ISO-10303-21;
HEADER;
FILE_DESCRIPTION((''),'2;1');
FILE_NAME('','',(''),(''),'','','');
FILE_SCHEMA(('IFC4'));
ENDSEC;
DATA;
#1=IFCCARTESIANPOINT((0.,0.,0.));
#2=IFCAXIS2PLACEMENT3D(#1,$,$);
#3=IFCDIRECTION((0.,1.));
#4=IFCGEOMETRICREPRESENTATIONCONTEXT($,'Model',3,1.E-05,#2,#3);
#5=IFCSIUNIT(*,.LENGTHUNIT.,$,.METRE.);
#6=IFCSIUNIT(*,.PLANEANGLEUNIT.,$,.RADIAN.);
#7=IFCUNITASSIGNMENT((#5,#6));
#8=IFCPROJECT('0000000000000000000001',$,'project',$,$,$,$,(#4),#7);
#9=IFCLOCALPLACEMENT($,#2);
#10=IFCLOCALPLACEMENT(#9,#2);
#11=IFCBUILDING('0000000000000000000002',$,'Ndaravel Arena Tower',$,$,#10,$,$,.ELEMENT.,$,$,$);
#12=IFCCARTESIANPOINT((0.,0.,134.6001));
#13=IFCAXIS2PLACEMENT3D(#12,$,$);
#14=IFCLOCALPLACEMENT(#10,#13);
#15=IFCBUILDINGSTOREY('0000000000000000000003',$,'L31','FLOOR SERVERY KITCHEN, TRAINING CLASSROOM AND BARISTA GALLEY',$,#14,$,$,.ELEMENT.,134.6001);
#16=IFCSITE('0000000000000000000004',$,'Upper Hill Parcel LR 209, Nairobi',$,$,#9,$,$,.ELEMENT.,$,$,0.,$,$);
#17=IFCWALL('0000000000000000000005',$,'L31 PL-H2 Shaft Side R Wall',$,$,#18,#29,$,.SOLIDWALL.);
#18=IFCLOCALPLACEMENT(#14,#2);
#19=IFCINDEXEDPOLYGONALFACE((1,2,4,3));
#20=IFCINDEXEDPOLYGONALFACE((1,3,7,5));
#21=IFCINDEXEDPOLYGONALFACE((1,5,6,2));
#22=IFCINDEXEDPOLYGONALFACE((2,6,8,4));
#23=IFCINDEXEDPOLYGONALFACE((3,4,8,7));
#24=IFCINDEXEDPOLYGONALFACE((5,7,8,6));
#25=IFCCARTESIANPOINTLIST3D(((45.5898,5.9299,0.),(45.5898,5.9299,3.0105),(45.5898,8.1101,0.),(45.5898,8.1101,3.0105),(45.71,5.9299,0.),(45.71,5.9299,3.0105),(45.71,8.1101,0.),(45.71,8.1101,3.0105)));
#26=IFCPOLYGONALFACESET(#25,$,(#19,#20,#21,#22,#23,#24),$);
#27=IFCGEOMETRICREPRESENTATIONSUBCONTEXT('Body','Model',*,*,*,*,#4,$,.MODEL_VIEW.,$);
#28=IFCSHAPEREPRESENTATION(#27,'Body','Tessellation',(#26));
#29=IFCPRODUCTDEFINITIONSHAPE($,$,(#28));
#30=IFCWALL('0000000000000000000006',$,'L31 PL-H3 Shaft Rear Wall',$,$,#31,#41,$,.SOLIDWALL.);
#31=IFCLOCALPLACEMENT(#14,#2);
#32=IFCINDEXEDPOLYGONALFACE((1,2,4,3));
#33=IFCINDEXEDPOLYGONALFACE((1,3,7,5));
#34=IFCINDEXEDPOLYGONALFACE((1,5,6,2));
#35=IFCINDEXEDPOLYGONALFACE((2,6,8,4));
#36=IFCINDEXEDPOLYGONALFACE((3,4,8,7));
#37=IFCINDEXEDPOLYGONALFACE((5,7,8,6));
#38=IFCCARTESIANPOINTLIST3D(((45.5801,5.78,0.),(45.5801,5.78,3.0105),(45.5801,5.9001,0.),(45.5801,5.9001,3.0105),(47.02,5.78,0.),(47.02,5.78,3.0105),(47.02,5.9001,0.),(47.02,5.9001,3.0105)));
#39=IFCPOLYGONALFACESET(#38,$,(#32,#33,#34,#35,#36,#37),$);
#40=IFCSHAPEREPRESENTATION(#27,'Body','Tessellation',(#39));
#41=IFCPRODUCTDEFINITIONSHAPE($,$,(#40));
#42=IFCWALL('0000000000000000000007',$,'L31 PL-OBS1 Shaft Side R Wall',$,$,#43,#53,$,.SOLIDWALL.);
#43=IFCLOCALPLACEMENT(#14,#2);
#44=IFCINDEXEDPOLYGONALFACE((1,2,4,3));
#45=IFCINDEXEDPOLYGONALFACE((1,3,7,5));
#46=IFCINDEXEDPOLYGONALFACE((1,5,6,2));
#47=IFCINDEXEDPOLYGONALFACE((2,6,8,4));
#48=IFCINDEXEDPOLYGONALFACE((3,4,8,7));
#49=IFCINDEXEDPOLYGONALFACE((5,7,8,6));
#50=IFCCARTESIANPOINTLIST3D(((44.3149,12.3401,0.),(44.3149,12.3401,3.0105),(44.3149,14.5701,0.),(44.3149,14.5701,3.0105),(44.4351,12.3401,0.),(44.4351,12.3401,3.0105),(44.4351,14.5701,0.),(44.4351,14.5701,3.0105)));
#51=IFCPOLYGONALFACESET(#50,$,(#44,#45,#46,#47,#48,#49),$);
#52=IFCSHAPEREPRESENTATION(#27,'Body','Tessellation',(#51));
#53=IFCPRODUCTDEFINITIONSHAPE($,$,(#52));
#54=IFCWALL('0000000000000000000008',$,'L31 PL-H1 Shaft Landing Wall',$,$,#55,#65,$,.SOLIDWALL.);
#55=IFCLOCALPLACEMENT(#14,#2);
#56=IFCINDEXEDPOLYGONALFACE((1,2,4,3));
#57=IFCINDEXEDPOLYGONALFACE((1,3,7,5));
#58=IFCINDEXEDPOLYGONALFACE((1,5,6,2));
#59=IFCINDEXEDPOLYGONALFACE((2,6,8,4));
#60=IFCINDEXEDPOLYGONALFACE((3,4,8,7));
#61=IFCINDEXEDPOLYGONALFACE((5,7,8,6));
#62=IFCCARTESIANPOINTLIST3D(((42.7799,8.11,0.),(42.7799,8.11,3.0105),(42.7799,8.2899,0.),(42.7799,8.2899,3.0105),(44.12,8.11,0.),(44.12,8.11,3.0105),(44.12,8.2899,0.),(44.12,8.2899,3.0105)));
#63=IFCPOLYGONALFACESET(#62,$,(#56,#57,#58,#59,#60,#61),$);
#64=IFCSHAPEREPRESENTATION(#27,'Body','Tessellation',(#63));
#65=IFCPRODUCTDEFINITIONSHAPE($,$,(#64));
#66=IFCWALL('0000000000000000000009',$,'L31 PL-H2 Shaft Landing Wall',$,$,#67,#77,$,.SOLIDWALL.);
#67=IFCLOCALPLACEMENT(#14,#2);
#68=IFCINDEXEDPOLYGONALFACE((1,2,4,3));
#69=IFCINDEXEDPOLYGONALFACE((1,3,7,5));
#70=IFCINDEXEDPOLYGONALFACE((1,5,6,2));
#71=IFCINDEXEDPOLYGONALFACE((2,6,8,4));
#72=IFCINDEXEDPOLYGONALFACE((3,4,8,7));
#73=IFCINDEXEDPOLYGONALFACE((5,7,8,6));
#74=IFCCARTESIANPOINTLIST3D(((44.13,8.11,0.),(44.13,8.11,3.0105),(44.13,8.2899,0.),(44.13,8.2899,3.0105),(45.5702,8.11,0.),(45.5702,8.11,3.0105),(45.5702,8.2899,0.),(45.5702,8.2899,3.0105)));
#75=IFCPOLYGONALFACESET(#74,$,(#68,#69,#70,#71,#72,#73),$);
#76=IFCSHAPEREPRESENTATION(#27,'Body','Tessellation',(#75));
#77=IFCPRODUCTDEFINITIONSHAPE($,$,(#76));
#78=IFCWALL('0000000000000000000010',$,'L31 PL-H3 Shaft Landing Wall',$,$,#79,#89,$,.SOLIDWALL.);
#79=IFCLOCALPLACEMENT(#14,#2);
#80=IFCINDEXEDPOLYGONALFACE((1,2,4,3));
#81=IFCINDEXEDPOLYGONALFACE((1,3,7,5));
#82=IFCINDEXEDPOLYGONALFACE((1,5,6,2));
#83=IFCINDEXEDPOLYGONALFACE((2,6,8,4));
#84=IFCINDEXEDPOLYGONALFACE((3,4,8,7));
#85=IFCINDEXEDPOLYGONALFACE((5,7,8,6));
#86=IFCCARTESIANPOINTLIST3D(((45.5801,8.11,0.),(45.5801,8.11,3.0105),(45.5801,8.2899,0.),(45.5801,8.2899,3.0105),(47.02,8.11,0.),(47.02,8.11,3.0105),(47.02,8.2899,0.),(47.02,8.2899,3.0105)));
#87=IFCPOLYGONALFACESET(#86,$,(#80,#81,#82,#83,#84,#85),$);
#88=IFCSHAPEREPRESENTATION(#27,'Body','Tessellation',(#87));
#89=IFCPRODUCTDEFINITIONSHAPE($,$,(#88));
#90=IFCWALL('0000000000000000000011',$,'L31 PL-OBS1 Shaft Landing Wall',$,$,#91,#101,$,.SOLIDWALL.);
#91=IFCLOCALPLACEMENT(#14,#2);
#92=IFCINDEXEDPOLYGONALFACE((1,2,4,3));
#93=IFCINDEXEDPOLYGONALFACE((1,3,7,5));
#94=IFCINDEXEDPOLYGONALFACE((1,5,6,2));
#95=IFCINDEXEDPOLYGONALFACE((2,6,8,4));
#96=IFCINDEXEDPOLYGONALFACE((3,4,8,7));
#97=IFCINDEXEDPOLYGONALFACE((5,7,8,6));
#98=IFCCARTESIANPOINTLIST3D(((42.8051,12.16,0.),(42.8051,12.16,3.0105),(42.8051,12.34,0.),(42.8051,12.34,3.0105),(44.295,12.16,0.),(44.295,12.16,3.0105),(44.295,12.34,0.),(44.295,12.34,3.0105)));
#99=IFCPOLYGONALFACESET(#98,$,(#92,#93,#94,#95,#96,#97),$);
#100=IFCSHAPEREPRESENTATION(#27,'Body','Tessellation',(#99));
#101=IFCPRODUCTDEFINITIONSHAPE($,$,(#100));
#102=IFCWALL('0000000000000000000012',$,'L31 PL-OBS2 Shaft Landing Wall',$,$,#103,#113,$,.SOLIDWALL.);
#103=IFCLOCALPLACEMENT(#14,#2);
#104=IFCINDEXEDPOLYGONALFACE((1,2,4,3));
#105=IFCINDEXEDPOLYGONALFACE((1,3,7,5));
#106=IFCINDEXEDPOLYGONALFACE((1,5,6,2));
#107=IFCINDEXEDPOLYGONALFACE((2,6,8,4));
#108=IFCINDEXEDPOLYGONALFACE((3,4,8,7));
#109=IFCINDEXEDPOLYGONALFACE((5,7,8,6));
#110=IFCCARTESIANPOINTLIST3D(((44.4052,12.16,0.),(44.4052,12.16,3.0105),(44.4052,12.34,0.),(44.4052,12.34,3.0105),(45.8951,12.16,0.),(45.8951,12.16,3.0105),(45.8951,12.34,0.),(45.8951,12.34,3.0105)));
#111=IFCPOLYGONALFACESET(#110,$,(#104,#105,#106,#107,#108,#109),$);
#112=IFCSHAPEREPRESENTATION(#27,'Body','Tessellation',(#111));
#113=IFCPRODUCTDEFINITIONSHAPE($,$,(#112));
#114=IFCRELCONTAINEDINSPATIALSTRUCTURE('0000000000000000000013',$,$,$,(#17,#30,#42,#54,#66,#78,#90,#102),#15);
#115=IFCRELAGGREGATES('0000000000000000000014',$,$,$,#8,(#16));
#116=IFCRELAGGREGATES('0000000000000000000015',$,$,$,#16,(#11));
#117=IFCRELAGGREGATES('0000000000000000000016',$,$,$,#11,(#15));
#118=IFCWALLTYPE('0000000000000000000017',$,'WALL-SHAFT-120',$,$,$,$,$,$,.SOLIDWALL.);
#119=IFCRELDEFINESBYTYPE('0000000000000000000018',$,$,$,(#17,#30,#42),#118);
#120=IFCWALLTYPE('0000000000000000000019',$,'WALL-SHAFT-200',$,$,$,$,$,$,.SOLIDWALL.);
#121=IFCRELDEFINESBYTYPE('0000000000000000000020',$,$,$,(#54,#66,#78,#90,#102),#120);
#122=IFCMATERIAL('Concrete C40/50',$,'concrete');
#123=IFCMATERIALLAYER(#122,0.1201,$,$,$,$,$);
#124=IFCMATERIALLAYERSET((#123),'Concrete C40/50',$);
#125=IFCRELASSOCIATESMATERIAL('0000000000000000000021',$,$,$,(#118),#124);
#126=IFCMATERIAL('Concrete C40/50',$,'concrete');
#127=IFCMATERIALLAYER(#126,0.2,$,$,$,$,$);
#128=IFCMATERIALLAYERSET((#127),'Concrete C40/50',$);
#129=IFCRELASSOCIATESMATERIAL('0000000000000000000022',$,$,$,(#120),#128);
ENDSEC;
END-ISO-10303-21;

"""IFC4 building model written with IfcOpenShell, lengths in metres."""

from ifc_helpers import new_model, si_unit, direction, frame, frame_2d, origin, place, context, subcontext, project, spatial, rectangle, extrude, material, layer, layer_set, type_object, element, save


model = new_model("IFC4")

# Units and contexts
model_context = context("Model", 3, precision=1e-05, world=origin(), true_north=direction((0.0, 1.0)))
body_context = subcontext(model_context, "Body", "Model", "MODEL_VIEW")
ifc_project = project(units=[si_unit("LENGTHUNIT", "METRE"), si_unit("PLANEANGLEUNIT", "RADIAN")], contexts=[model_context])

# Site, building, storey
site_placement = place(None, origin())
site = spatial("IfcSite", under=ifc_project, at=site_placement, Name="Upper Hill Parcel LR 209, Nairobi", CompositionType="ELEMENT", RefElevation=0.0)
building_placement = place(site_placement, origin())
building = spatial("IfcBuilding", under=site, at=building_placement, Name="Ndaravel Arena Tower", CompositionType="ELEMENT")
storey_placement = place(building_placement, frame((0.0, 0.0, 134.6001)))
storey = spatial("IfcBuildingStorey", under=building, at=storey_placement, Name="L31", Description="FLOOR SERVERY KITCHEN, TRAINING CLASSROOM AND BARISTA GALLEY", CompositionType="ELEMENT", Elevation=134.6001)

# Walls
ifc_material_1 = material(Name="Concrete C40/50", Category="concrete")
ifc_layer_1 = layer(ifc_material_1, 0.1201)
ifc_layer_set_1 = layer_set([ifc_layer_1], Name="Concrete C40/50")
wall_type_1 = type_object("IfcWallType", Name="WALL-SHAFT-120", PredefinedType="SOLIDWALL", material=ifc_layer_set_1)
wall_1_placement = place(storey_placement, frame((45.6499, 5.9299, 0.0), z_axis=(0.0, 0.0, 1.0), x_axis=(0.0, 1.0, 0.0)))
element("IfcWall", 1, at=wall_1_placement, inside=storey, type_object=wall_type_1, Name="L31 PL-H2 Shaft Side R Wall", PredefinedType="SOLIDWALL", context=body_context, shape_type="SweptSolid", body=[
    extrude(rectangle(XDim=2.1802, YDim=0.1201, at=frame_2d((1.0901, 0.0))), origin(), (0.0, 0.0, 1.0), 3.0105),
])
wall_2_placement = place(storey_placement, frame((45.5801, 5.8401, 0.0), z_axis=(0.0, 0.0, 1.0), x_axis=(1.0, 0.0, 0.0)))
element("IfcWall", 2, at=wall_2_placement, inside=storey, type_object=wall_type_1, Name="L31 PL-H3 Shaft Rear Wall", PredefinedType="SOLIDWALL", context=body_context, shape_type="SweptSolid", body=[
    extrude(rectangle(XDim=1.4399, YDim=0.1201, at=frame_2d((0.72, 0.0))), origin(), (0.0, 0.0, 1.0), 3.0105),
])
wall_3_placement = place(storey_placement, frame((44.375, 12.3401, 0.0), z_axis=(0.0, 0.0, 1.0), x_axis=(0.0, 1.0, 0.0)))
element("IfcWall", 3, at=wall_3_placement, inside=storey, type_object=wall_type_1, Name="L31 PL-OBS1 Shaft Side R Wall", PredefinedType="SOLIDWALL", context=body_context, shape_type="SweptSolid", body=[
    extrude(rectangle(XDim=2.23, YDim=0.1201, at=frame_2d((1.115, 0.0))), origin(), (0.0, 0.0, 1.0), 3.0105),
])
ifc_material_2 = material(Name="Concrete C40/50", Category="concrete")
ifc_layer_2 = layer(ifc_material_2, 0.2)
ifc_layer_set_2 = layer_set([ifc_layer_2], Name="Concrete C40/50")
wall_type_2 = type_object("IfcWallType", Name="WALL-SHAFT-200", PredefinedType="SOLIDWALL", material=ifc_layer_set_2)
wall_4_placement = place(storey_placement, frame((42.78, 8.2, 0.0), z_axis=(0.0, 0.0, 1.0), x_axis=(1.0, 0.0, 0.0)))
element("IfcWall", 4, at=wall_4_placement, inside=storey, type_object=wall_type_2, Name="L31 PL-H1 Shaft Landing Wall", PredefinedType="SOLIDWALL", context=body_context, shape_type="SweptSolid", body=[
    extrude(rectangle(XDim=1.3401, YDim=0.1799, at=frame_2d((0.6699, 0.0))), origin(), (0.0, 0.0, 1.0), 3.0105),
])
wall_5_placement = place(storey_placement, frame((44.1299, 8.2, 0.0), z_axis=(0.0, 0.0, 1.0), x_axis=(1.0, 0.0, 0.0)))
element("IfcWall", 5, at=wall_5_placement, inside=storey, type_object=wall_type_2, Name="L31 PL-H2 Shaft Landing Wall", PredefinedType="SOLIDWALL", context=body_context, shape_type="SweptSolid", body=[
    extrude(rectangle(XDim=1.4402, YDim=0.1799, at=frame_2d((0.7202, 0.0))), origin(), (0.0, 0.0, 1.0), 3.0105),
])
wall_6_placement = place(storey_placement, frame((45.5801, 8.2, 0.0), z_axis=(0.0, 0.0, 1.0), x_axis=(1.0, 0.0, 0.0)))
element("IfcWall", 6, at=wall_6_placement, inside=storey, type_object=wall_type_2, Name="L31 PL-H3 Shaft Landing Wall", PredefinedType="SOLIDWALL", context=body_context, shape_type="SweptSolid", body=[
    extrude(rectangle(XDim=1.4399, YDim=0.1799, at=frame_2d((0.72, 0.0))), origin(), (0.0, 0.0, 1.0), 3.0105),
])
for number, where, z_axis, x_axis, name in (
    (7, (42.8049, 12.25, 0.0), (0.0, 0.0, 1.0), (1.0, 0.0, 0.0), "L31 PL-OBS1 Shaft Landing Wall"),
    (8, (44.405, 12.25, 0.0), (0.0, 0.0, 1.0), (1.0, 0.0, 0.0), "L31 PL-OBS2 Shaft Landing Wall"),
):
    element("IfcWall", number, at=place(storey_placement, frame(where, z_axis=z_axis, x_axis=x_axis)), inside=storey, type_object=wall_type_2, Name=name, PredefinedType="SOLIDWALL", context=body_context, shape_type="SweptSolid", body=[
        extrude(rectangle(XDim=1.49, YDim=0.1799, at=frame_2d((0.7451, 0.0))), origin(), (0.0, 0.0, 1.0), 3.0105),
    ])

save(model, "model.ifc")
